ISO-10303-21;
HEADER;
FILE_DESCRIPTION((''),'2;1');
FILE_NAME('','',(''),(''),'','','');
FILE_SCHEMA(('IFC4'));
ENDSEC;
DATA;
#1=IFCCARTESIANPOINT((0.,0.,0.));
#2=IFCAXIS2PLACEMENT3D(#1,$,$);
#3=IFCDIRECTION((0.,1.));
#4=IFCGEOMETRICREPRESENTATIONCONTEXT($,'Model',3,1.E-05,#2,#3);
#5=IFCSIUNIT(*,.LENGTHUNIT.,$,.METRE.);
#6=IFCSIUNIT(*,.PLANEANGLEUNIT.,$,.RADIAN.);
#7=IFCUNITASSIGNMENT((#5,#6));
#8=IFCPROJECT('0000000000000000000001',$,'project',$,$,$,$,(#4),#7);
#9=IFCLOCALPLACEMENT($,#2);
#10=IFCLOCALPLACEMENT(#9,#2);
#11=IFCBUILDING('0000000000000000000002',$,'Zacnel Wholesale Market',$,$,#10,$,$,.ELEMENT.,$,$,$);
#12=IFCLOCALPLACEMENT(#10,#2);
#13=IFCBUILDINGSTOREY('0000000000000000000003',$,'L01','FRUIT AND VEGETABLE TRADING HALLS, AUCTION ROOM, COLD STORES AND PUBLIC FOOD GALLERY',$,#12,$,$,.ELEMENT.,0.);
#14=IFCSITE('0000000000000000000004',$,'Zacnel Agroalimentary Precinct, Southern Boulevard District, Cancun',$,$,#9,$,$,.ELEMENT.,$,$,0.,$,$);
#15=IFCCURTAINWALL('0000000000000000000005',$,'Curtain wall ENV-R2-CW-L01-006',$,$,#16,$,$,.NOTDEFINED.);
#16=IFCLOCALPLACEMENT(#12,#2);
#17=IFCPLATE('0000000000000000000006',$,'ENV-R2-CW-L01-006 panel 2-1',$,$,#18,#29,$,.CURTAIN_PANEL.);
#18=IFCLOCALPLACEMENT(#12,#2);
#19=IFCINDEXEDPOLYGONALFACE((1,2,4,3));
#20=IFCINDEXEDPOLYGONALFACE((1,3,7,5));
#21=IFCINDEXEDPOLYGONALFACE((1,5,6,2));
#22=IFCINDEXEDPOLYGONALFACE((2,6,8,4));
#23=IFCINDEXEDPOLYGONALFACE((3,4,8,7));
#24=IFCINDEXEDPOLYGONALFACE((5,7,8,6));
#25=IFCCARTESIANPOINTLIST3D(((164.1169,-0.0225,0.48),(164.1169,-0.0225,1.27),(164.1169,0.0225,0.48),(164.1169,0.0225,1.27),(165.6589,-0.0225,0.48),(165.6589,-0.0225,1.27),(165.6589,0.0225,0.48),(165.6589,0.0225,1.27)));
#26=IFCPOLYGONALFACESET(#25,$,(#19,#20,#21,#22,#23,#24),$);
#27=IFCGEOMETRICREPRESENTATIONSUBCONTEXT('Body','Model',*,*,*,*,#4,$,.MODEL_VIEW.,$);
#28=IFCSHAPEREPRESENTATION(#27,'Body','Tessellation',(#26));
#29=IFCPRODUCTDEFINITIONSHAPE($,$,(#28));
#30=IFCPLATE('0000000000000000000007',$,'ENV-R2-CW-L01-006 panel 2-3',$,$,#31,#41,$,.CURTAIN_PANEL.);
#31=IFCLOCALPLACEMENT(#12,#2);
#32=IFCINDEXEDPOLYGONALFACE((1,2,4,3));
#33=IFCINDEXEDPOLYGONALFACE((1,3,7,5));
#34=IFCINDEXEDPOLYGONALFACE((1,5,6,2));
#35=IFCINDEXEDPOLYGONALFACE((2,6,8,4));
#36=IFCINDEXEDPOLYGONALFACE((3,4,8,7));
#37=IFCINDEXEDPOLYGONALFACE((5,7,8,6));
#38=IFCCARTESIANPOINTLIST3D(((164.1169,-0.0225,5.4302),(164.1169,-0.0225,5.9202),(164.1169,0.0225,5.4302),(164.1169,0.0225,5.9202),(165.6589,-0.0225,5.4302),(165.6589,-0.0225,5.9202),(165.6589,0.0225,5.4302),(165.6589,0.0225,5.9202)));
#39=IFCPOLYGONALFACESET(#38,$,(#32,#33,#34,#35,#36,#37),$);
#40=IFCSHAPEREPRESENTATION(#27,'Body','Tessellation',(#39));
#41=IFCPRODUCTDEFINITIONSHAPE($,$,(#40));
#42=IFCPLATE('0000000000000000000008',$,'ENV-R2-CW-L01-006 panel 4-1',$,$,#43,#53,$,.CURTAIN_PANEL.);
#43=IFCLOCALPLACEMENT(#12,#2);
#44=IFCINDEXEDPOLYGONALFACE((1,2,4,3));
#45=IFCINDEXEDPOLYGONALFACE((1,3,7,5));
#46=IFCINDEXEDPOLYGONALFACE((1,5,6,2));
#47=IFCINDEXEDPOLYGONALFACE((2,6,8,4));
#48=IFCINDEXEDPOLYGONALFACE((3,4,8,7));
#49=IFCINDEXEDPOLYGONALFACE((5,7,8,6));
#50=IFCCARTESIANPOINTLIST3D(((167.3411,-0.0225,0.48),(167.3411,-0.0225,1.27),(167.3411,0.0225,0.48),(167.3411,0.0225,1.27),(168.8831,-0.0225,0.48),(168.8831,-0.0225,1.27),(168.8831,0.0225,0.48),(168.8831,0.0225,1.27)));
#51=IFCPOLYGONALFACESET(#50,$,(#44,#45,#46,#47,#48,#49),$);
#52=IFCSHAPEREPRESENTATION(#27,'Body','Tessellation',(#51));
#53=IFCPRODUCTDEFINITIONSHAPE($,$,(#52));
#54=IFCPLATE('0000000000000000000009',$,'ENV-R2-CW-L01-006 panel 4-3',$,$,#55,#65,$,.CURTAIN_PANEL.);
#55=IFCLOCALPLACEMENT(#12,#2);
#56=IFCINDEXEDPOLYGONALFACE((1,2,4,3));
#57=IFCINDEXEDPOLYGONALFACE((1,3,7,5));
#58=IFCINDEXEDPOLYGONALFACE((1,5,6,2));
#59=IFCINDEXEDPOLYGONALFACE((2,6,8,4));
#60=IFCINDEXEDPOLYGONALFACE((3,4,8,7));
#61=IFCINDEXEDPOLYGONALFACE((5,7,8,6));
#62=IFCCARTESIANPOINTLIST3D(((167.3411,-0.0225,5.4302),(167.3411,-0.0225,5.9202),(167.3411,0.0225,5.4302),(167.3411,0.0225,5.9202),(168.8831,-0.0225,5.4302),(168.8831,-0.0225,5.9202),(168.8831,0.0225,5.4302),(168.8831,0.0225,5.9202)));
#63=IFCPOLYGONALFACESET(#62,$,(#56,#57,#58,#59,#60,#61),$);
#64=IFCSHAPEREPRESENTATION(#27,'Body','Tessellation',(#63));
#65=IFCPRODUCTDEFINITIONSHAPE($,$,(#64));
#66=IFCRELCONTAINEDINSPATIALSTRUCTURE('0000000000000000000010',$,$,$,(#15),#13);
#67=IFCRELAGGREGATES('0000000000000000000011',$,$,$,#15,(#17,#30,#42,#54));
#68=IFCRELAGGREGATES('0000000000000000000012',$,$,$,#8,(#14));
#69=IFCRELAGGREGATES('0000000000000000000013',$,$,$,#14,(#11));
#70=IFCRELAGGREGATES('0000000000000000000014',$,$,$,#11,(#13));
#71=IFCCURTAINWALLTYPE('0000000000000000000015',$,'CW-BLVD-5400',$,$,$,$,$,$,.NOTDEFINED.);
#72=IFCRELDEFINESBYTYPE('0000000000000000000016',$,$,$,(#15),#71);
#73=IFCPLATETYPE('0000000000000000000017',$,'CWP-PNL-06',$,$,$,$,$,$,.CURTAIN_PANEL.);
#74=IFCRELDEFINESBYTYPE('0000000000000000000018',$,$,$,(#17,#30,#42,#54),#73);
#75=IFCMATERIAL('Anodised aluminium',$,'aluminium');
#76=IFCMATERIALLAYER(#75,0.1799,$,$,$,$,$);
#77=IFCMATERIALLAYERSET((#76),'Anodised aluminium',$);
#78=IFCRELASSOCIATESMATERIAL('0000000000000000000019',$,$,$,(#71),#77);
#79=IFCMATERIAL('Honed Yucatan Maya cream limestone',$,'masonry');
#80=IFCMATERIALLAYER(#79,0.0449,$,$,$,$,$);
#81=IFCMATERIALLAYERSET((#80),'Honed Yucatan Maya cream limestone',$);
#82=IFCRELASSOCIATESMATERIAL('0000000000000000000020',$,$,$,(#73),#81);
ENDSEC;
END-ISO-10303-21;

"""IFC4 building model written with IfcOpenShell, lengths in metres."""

from ifc_helpers import new_model, si_unit, direction, frame, origin, origin_2d, place, context, subcontext, project, spatial, rectangle, extrude, material, layer, layer_set, type_object, element, aggregate, save


model = new_model("IFC4")

# Units and contexts
model_context = context("Model", 3, precision=1e-05, world=origin(), true_north=direction((0.0, 1.0)))
body_context = subcontext(model_context, "Body", "Model", "MODEL_VIEW")
ifc_project = project(units=[si_unit("LENGTHUNIT", "METRE"), si_unit("PLANEANGLEUNIT", "RADIAN")], contexts=[model_context])

# Site, building, storey
site_placement = place(None, origin())
site = spatial("IfcSite", under=ifc_project, at=site_placement, Name="Zacnel Agroalimentary Precinct, Southern Boulevard District, Cancun", CompositionType="ELEMENT", RefElevation=0.0)
building_placement = place(site_placement, origin())
building = spatial("IfcBuilding", under=site, at=building_placement, Name="Zacnel Wholesale Market", CompositionType="ELEMENT")
storey_placement = place(building_placement, origin())
storey = spatial("IfcBuildingStorey", under=building, at=storey_placement, Name="L01", Description="FRUIT AND VEGETABLE TRADING HALLS, AUCTION ROOM, COLD STORES AND PUBLIC FOOD GALLERY", CompositionType="ELEMENT", Elevation=0.0)

# Curtain wall, plates
ifc_material_1 = material(Name="Anodised aluminium", Category="aluminium")
ifc_layer_1 = layer(ifc_material_1, 0.1799)
ifc_layer_set_1 = layer_set([ifc_layer_1], Name="Anodised aluminium")
curtain_wall_type = type_object("IfcCurtainWallType", Name="CW-BLVD-5400", PredefinedType="NOTDEFINED", material=ifc_layer_set_1)
curtain_wall_placement = place(storey_placement, origin())
curtain_wall = element("IfcCurtainWall", 1, at=curtain_wall_placement, inside=storey, type_object=curtain_wall_type, Name="Curtain wall ENV-R2-CW-L01-006", PredefinedType="NOTDEFINED")
ifc_material_2 = material(Name="Honed Yucatan Maya cream limestone", Category="masonry")
ifc_layer_2 = layer(ifc_material_2, 0.0449)
ifc_layer_set_2 = layer_set([ifc_layer_2], Name="Honed Yucatan Maya cream limestone")
plate_type_1 = type_object("IfcPlateType", Name="CWP-PNL-06", PredefinedType="CURTAIN_PANEL", material=ifc_layer_set_2)
plate_1_placement = place(storey_placement, frame((164.8879, 0.0, 0.48), z_axis=(0.0, 0.0, 1.0), x_axis=(1.0, 0.0, 0.0)))
plate_1 = element("IfcPlate", 2, at=plate_1_placement, type_object=plate_type_1, Name="ENV-R2-CW-L01-006 panel 2-1", PredefinedType="CURTAIN_PANEL", context=body_context, shape_type="SweptSolid", body=[
    extrude(rectangle(XDim=1.542, YDim=0.0449, at=origin_2d()), origin(), (0.0, 0.0, 1.0), 0.79),
])
plate_2_placement = place(storey_placement, frame((164.8879, 0.0, 5.4302), z_axis=(0.0, 0.0, 1.0), x_axis=(1.0, 0.0, 0.0)))
plate_2 = element("IfcPlate", 3, at=plate_2_placement, type_object=plate_type_1, Name="ENV-R2-CW-L01-006 panel 2-3", PredefinedType="CURTAIN_PANEL", context=body_context, shape_type="SweptSolid", body=[
    extrude(rectangle(XDim=1.542, YDim=0.0449, at=origin_2d()), origin(), (0.0, 0.0, 1.0), 0.49),
])
plate_3_placement = place(storey_placement, frame((168.1121, 0.0, 0.48), z_axis=(0.0, 0.0, 1.0), x_axis=(1.0, 0.0, 0.0)))
plate_3 = element("IfcPlate", 4, at=plate_3_placement, type_object=plate_type_1, Name="ENV-R2-CW-L01-006 panel 4-1", PredefinedType="CURTAIN_PANEL", context=body_context, shape_type="SweptSolid", body=[
    extrude(rectangle(XDim=1.542, YDim=0.0449, at=origin_2d()), origin(), (0.0, 0.0, 1.0), 0.79),
])
plate_4_placement = place(storey_placement, frame((168.1121, 0.0, 5.4302), z_axis=(0.0, 0.0, 1.0), x_axis=(1.0, 0.0, 0.0)))
plate_4 = element("IfcPlate", 5, at=plate_4_placement, type_object=plate_type_1, Name="ENV-R2-CW-L01-006 panel 4-3", PredefinedType="CURTAIN_PANEL", context=body_context, shape_type="SweptSolid", body=[
    extrude(rectangle(XDim=1.542, YDim=0.0449, at=origin_2d()), origin(), (0.0, 0.0, 1.0), 0.49),
])
aggregate(curtain_wall, [plate_1, plate_2, plate_3, plate_4])

save(model, "model.ifc")
